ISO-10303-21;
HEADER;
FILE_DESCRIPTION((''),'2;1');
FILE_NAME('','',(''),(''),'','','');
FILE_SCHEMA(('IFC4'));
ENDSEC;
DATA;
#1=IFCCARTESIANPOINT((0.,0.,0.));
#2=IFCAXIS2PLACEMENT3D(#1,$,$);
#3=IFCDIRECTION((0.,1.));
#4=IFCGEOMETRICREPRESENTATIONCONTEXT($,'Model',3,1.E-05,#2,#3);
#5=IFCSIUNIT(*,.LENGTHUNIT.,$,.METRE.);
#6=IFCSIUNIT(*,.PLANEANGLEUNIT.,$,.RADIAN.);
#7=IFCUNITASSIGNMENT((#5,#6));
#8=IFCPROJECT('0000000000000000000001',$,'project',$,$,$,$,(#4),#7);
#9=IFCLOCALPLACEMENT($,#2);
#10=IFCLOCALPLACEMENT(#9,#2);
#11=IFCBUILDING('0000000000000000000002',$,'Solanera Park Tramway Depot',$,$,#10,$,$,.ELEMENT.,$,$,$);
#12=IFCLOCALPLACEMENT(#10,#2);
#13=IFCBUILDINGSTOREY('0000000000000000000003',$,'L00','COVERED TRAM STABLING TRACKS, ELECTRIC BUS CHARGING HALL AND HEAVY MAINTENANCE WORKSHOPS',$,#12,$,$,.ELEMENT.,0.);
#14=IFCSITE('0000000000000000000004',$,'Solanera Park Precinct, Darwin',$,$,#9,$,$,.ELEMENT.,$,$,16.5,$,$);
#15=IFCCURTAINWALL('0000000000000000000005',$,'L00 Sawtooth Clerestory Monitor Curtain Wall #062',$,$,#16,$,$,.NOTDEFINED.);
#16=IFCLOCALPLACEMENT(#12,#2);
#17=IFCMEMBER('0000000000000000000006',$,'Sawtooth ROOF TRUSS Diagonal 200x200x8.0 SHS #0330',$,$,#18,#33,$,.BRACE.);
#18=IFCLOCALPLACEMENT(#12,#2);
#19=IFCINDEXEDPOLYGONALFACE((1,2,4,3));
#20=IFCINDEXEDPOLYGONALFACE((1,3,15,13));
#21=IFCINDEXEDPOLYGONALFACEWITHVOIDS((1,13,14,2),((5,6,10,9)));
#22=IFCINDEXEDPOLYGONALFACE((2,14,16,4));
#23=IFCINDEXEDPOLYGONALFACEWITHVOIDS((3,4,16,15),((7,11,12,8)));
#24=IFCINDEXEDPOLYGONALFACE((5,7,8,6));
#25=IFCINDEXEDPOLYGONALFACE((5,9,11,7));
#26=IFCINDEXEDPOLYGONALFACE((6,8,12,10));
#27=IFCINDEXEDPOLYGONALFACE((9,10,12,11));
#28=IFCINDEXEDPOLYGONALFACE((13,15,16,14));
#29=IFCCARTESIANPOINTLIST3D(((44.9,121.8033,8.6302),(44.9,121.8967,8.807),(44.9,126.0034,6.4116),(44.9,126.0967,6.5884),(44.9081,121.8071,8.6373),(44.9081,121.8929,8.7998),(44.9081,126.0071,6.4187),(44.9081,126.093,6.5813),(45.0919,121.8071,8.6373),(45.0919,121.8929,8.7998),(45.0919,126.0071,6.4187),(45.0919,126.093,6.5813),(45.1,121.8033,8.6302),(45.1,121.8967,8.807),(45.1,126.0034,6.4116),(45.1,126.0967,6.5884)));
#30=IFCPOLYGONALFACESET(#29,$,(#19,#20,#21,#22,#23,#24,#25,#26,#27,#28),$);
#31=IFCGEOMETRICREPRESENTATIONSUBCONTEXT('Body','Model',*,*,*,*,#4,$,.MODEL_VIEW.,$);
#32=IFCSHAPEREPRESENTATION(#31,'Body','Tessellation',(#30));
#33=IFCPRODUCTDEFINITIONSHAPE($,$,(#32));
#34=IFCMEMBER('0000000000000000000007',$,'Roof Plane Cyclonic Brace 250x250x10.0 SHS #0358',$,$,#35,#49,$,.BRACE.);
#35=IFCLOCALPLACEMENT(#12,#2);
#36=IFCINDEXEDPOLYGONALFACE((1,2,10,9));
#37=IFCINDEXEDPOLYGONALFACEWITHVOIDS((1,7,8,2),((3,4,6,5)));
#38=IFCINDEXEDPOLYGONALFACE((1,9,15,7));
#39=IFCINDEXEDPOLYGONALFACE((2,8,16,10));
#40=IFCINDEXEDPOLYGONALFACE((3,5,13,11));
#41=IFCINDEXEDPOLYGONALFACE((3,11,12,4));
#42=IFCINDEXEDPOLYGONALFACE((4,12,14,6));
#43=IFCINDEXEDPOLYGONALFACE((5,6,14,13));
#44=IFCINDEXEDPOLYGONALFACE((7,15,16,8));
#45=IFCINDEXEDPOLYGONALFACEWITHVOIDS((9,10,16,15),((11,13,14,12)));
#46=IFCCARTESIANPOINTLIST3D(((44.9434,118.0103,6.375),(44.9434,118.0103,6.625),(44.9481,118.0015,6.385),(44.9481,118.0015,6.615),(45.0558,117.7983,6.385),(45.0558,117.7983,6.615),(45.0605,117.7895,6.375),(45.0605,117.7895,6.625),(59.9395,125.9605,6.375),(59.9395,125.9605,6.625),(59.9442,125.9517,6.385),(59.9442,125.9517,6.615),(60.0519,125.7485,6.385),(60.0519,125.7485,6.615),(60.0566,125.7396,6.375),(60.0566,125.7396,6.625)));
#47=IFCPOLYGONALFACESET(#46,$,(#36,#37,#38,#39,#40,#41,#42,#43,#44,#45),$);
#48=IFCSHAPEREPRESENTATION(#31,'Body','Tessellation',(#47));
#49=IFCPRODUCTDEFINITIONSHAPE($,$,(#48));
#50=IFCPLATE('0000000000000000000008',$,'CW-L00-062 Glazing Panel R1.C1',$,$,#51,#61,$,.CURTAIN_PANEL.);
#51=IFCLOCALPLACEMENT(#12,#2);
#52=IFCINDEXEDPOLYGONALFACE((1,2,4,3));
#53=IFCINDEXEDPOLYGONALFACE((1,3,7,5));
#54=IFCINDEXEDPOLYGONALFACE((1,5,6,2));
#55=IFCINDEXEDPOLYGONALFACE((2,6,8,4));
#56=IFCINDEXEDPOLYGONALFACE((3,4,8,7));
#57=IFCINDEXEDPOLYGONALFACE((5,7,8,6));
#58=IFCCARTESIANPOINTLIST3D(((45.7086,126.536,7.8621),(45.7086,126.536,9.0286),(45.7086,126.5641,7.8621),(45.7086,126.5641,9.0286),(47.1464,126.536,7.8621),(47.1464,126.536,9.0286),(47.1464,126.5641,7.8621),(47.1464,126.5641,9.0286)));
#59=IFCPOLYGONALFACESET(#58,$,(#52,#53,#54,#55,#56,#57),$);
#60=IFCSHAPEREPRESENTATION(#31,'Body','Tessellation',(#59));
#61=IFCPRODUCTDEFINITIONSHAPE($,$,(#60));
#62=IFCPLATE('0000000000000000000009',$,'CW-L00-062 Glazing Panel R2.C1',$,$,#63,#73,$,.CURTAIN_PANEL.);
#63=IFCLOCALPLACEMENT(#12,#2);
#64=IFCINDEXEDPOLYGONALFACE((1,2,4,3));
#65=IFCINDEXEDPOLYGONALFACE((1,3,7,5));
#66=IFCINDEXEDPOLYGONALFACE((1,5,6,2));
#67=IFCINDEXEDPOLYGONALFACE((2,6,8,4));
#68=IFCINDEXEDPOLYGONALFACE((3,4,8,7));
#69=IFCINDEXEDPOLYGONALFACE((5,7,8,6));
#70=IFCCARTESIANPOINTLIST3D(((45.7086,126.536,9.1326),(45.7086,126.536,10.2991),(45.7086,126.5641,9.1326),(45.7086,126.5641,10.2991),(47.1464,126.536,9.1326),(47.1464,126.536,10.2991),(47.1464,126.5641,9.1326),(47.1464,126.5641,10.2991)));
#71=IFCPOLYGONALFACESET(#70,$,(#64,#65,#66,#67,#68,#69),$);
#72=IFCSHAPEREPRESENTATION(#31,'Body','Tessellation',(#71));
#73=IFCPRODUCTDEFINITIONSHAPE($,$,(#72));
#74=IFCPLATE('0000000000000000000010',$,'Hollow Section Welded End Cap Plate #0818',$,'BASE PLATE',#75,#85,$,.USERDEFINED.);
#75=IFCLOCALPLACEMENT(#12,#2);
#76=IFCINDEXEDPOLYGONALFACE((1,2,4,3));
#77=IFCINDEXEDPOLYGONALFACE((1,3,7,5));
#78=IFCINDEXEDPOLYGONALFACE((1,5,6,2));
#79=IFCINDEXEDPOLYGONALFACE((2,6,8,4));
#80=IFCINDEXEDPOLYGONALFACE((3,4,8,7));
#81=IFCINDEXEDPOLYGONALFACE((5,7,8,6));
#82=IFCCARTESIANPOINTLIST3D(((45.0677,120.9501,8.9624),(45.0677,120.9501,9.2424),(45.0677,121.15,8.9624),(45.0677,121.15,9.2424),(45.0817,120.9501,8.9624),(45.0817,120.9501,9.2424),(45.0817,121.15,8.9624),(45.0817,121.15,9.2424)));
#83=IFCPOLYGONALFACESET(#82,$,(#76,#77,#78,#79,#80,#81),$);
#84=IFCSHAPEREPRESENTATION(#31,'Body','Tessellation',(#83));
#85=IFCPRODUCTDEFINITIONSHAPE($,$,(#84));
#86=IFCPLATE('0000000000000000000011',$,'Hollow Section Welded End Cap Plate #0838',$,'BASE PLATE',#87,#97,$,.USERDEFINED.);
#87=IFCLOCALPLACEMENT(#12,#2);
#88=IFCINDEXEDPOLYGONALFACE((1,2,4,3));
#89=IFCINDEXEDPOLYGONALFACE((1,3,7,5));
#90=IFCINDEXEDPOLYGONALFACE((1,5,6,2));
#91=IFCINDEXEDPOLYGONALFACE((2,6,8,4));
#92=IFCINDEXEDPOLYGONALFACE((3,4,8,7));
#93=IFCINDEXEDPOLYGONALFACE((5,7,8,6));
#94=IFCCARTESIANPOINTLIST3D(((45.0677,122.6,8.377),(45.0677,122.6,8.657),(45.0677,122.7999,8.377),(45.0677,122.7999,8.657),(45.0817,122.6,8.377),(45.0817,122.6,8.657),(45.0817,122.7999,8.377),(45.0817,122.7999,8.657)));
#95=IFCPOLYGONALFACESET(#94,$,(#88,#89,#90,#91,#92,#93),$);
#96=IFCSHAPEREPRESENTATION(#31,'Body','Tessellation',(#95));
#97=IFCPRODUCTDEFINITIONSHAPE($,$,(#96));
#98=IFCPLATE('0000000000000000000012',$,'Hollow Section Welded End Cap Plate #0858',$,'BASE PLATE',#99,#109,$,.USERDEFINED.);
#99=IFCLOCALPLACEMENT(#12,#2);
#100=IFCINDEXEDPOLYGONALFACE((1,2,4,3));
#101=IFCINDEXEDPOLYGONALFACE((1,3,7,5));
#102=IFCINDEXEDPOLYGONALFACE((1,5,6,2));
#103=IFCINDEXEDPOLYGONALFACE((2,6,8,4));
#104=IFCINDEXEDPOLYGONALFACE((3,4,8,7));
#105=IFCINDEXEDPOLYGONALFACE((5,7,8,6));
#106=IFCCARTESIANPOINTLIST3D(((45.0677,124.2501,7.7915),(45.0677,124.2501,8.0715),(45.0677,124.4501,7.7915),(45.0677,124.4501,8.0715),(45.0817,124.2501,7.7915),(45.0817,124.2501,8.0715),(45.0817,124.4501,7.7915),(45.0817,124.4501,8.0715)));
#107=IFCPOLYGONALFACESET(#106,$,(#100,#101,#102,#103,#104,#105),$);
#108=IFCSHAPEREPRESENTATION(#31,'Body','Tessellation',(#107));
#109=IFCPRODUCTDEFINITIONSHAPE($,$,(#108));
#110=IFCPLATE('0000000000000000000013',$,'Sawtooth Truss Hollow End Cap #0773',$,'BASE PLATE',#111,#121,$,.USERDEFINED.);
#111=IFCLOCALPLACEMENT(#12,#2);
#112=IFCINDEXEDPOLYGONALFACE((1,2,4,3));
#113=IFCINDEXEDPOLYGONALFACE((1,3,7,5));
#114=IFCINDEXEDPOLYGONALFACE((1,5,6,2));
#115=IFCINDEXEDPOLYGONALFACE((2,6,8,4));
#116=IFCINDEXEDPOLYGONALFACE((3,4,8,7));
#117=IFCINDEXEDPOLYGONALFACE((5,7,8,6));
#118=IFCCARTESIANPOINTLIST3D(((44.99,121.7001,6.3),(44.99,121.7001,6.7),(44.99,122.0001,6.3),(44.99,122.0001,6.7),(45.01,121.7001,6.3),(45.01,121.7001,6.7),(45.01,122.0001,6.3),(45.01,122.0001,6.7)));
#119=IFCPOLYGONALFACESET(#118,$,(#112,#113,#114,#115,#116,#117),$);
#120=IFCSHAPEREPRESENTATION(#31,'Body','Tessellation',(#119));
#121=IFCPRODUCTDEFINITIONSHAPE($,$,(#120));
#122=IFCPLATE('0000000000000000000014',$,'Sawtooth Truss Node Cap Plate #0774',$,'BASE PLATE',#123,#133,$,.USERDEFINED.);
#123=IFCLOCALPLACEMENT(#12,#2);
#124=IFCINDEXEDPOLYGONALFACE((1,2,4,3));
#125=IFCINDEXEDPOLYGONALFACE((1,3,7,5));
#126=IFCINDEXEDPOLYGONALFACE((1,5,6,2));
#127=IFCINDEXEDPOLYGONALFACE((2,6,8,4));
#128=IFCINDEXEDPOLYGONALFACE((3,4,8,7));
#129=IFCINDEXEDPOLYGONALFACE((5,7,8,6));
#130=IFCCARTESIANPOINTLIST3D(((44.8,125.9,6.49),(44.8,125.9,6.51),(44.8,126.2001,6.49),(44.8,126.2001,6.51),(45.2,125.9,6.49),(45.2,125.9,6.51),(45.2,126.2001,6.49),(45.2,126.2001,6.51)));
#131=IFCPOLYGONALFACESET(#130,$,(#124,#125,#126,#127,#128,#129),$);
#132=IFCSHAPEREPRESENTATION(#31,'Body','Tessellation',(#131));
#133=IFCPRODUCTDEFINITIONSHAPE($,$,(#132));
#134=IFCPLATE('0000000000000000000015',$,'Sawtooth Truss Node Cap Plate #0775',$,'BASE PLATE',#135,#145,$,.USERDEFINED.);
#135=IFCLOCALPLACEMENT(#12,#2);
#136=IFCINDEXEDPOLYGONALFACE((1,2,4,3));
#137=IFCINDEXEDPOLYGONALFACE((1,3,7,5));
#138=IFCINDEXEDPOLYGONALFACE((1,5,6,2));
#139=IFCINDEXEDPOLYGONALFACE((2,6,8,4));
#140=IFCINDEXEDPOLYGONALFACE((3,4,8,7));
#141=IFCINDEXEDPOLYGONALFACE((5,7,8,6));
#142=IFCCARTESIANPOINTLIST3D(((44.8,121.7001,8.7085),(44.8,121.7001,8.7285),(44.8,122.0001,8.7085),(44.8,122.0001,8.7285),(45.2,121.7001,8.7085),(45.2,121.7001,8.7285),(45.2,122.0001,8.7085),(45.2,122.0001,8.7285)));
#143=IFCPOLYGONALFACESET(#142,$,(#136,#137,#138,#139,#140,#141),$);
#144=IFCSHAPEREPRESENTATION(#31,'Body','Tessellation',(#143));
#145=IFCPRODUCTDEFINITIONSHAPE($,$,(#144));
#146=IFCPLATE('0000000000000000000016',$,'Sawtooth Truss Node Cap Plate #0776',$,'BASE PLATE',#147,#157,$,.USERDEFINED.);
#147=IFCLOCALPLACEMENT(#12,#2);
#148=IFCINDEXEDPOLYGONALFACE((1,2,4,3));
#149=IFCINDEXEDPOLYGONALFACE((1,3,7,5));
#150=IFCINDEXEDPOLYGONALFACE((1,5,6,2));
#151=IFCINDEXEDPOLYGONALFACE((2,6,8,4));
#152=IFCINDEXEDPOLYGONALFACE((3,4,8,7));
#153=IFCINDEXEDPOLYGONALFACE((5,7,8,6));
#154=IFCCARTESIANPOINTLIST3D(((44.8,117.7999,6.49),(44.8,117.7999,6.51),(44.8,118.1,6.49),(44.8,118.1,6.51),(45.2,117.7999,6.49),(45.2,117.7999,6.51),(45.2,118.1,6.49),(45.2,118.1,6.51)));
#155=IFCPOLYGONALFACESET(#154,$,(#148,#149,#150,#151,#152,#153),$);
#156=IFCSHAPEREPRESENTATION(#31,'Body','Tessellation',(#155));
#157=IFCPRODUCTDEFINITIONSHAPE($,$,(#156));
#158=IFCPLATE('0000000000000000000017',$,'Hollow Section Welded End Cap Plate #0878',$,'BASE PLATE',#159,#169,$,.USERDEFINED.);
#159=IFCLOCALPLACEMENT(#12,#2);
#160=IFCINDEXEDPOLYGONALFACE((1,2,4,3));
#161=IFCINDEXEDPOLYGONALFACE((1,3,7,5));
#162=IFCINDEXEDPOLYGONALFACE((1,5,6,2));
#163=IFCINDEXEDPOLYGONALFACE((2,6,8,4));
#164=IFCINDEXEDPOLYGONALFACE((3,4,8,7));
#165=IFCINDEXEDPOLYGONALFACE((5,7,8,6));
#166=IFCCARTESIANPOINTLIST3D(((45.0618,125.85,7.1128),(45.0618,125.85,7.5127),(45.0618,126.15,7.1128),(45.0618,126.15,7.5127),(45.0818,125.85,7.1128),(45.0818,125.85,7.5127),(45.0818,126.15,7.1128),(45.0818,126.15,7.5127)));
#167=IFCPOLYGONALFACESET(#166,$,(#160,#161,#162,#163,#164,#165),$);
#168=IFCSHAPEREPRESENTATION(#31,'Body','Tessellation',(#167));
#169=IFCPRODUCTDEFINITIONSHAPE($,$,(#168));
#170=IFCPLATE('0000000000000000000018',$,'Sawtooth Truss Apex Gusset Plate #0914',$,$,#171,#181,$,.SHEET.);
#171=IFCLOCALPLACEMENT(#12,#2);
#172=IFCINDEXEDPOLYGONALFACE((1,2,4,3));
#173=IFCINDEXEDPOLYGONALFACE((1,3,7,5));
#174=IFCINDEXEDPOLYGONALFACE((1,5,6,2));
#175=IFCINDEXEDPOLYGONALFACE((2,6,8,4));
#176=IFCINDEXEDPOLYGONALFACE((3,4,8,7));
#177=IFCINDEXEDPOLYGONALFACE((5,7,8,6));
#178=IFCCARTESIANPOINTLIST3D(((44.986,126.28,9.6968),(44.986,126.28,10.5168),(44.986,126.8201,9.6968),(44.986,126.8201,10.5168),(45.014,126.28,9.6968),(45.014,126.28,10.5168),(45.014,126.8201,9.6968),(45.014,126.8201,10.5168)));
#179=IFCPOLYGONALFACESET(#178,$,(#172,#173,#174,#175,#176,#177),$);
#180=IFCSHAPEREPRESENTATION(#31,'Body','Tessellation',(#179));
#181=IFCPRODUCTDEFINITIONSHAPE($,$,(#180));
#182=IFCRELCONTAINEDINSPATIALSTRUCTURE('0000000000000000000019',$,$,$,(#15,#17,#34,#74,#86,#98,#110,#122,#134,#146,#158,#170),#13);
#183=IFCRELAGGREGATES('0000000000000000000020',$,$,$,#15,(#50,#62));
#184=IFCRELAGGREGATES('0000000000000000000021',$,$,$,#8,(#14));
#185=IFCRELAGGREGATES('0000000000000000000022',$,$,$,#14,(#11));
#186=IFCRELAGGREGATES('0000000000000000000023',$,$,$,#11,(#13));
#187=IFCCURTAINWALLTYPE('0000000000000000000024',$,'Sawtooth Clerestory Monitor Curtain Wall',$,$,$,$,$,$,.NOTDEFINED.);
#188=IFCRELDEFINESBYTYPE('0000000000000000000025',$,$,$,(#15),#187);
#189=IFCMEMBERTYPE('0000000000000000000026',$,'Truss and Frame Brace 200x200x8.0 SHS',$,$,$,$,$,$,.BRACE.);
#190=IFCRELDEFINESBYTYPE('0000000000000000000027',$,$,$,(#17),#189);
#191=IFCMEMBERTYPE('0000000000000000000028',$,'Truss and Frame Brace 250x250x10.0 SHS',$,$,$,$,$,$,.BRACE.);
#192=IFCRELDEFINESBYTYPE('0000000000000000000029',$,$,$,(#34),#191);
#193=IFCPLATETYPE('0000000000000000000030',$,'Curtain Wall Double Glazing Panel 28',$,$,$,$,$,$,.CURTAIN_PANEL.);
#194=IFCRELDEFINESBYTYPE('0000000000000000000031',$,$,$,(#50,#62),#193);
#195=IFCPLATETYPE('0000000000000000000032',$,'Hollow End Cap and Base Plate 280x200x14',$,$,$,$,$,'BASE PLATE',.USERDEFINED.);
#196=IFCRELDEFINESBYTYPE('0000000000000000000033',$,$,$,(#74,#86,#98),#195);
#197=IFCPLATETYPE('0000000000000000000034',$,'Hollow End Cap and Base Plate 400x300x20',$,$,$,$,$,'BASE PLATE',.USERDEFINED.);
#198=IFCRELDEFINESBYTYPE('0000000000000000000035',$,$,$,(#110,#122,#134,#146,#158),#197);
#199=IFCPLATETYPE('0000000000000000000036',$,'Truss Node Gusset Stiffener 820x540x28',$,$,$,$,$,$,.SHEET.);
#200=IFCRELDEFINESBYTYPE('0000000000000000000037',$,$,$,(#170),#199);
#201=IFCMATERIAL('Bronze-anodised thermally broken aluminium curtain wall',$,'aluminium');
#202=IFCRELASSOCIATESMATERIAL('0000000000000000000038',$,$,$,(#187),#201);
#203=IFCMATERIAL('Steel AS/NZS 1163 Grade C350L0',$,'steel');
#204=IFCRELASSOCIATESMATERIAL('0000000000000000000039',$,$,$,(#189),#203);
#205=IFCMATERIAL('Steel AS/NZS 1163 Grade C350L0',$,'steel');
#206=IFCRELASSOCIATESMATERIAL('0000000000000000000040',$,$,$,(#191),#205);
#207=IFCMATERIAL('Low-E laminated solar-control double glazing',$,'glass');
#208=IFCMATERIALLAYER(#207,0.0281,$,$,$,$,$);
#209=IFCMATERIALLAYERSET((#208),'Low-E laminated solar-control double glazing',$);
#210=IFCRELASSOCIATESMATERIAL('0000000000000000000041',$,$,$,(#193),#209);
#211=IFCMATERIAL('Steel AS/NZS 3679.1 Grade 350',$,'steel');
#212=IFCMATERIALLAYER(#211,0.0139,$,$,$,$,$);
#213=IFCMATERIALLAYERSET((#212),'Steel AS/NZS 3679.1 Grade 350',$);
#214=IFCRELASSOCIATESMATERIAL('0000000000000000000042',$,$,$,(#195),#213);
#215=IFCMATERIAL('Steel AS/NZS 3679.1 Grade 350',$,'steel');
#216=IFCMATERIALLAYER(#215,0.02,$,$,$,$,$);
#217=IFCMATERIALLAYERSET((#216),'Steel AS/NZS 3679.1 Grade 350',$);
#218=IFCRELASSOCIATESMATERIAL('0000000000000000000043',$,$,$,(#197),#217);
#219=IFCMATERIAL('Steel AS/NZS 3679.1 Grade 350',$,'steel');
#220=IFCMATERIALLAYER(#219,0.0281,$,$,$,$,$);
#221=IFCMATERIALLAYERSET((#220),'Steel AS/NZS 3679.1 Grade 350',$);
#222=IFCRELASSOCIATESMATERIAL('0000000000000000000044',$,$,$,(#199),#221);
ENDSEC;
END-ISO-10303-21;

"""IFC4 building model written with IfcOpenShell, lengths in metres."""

from ifc_helpers import new_model, si_unit, direction, frame, origin, origin_2d, place, context, subcontext, project, spatial, rectangle, hollow_rectangle, extrude, material, layer, layer_set, material_profile, profile_set, type_object, element, aggregate, save


model = new_model("IFC4")

# Units and contexts
model_context = context("Model", 3, precision=1e-05, world=origin(), true_north=direction((0.0, 1.0)))
body_context = subcontext(model_context, "Body", "Model", "MODEL_VIEW")
ifc_project = project(units=[si_unit("LENGTHUNIT", "METRE"), si_unit("PLANEANGLEUNIT", "RADIAN")], contexts=[model_context])

# Site, building, storey
site_placement = place(None, origin())
site = spatial("IfcSite", under=ifc_project, at=site_placement, Name="Solanera Park Precinct, Darwin", CompositionType="ELEMENT", RefElevation=16.5)
building_placement = place(site_placement, origin())
building = spatial("IfcBuilding", under=site, at=building_placement, Name="Solanera Park Tramway Depot", CompositionType="ELEMENT")
storey_placement = place(building_placement, origin())
storey = spatial("IfcBuildingStorey", under=building, at=storey_placement, Name="L00", Description="COVERED TRAM STABLING TRACKS, ELECTRIC BUS CHARGING HALL AND HEAVY MAINTENANCE WORKSHOPS", CompositionType="ELEMENT", Elevation=0.0)

# Curtain wall
ifc_material_1 = material(Name="Bronze-anodised thermally broken aluminium curtain wall", Category="aluminium")
curtain_wall_type = type_object("IfcCurtainWallType", Name="Sawtooth Clerestory Monitor Curtain Wall", PredefinedType="NOTDEFINED", material=ifc_material_1)
curtain_wall_placement = place(storey_placement, origin())
curtain_wall = element("IfcCurtainWall", 1, at=curtain_wall_placement, inside=storey, type_object=curtain_wall_type, Name="L00 Sawtooth Clerestory Monitor Curtain Wall #062", PredefinedType="NOTDEFINED")

# Members
ifc_material_2 = material(Name="Steel AS/NZS 1163 Grade C350L0", Category="steel")
ifc_material_profile_1 = material_profile(ifc_material_2, hollow_rectangle(XDim=0.2, YDim=0.2, WallThickness=0.0081, at=origin_2d()), Name="200x200x8.0 SHS")
ifc_profile_set_1 = profile_set([ifc_material_profile_1], Name="Steel AS/NZS 1163 Grade C350L0")
member_type_1 = type_object("IfcMemberType", Name="Truss and Frame Brace 200x200x8.0 SHS", PredefinedType="BRACE", material=ifc_profile_set_1)
member_1_placement = place(storey_placement, frame((45.0, 126.05, 6.5), z_axis=(0.0, -0.884223, 0.467066), x_axis=(1.0, 0.0, 0.0)))
element("IfcMember", 2, at=member_1_placement, inside=storey, type_object=member_type_1, Name="Sawtooth ROOF TRUSS Diagonal 200x200x8.0 SHS #0330", PredefinedType="BRACE", context=body_context, shape_type="SweptSolid", body=[
    extrude(hollow_rectangle(XDim=0.2, YDim=0.2, WallThickness=0.0081, at=origin_2d()), origin(), (0.0, 0.0, 1.0), 4.75),
])
ifc_material_3 = material(Name="Steel AS/NZS 1163 Grade C350L0", Category="steel")
ifc_material_profile_2 = material_profile(ifc_material_3, hollow_rectangle(XDim=0.25, YDim=0.25, WallThickness=0.01, at=origin_2d()), Name="250x250x10.0 SHS")
ifc_profile_set_2 = profile_set([ifc_material_profile_2], Name="Steel AS/NZS 1163 Grade C350L0")
member_type_2 = type_object("IfcMemberType", Name="Truss and Frame Brace 250x250x10.0 SHS", PredefinedType="BRACE", material=ifc_profile_set_2)
member_2_placement = place(storey_placement, frame((45.002, 117.8999, 6.5), z_axis=(0.883518, 0.468398, 0.0), x_axis=(-0.468398, 0.883518, 0.0)))
element("IfcMember", 3, at=member_2_placement, inside=storey, type_object=member_type_2, Name="Roof Plane Cyclonic Brace 250x250x10.0 SHS #0358", PredefinedType="BRACE", context=body_context, shape_type="SweptSolid", body=[
    extrude(hollow_rectangle(XDim=0.25, YDim=0.25, WallThickness=0.01, at=origin_2d()), origin(), (0.0, 0.0, 1.0), 16.9731),
])

# Plates
ifc_material_4 = material(Name="Low-E laminated solar-control double glazing", Category="glass")
ifc_layer_1 = layer(ifc_material_4, 0.0281)
ifc_layer_set_1 = layer_set([ifc_layer_1], Name="Low-E laminated solar-control double glazing")
plate_type_1 = type_object("IfcPlateType", Name="Curtain Wall Double Glazing Panel 28", PredefinedType="CURTAIN_PANEL", material=ifc_layer_set_1)
plate_1_placement = place(storey_placement, frame((46.4275, 126.55, 7.8621), z_axis=(0.0, 0.0, 1.0), x_axis=(1.0, 0.0, 0.0)))
plate_1 = element("IfcPlate", 4, at=plate_1_placement, type_object=plate_type_1, Name="CW-L00-062 Glazing Panel R1.C1", PredefinedType="CURTAIN_PANEL", context=body_context, shape_type="SweptSolid", body=[
    extrude(rectangle(XDim=1.4377, YDim=0.0281, at=origin_2d()), origin(), (0.0, 0.0, 1.0), 1.1665),
])
plate_2_placement = place(storey_placement, frame((46.4275, 126.55, 9.1326), z_axis=(0.0, 0.0, 1.0), x_axis=(1.0, 0.0, 0.0)))
plate_2 = element("IfcPlate", 5, at=plate_2_placement, type_object=plate_type_1, Name="CW-L00-062 Glazing Panel R2.C1", PredefinedType="CURTAIN_PANEL", context=body_context, shape_type="SweptSolid", body=[
    extrude(rectangle(XDim=1.4377, YDim=0.0281, at=origin_2d()), origin(), (0.0, 0.0, 1.0), 1.1665),
])
aggregate(curtain_wall, [plate_1, plate_2])

# Plates
ifc_material_5 = material(Name="Steel AS/NZS 3679.1 Grade 350", Category="steel")
ifc_layer_2 = layer(ifc_material_5, 0.0139)
ifc_layer_set_2 = layer_set([ifc_layer_2], Name="Steel AS/NZS 3679.1 Grade 350")
plate_type_2 = type_object("IfcPlateType", Name="Hollow End Cap and Base Plate 280x200x14", ElementType="BASE PLATE", PredefinedType="USERDEFINED", material=ifc_layer_set_2)
for number, where, z_axis, x_axis, name in (
    (6, (45.0747, 121.05, 8.9624), (0.0, 0.0, 1.0), (1.0, 0.0, 0.0), "Hollow Section Welded End Cap Plate #0818"),
    (7, (45.0747, 122.7, 8.377), (0.0, 0.0, 1.0), (1.0, 0.0, 0.0), "Hollow Section Welded End Cap Plate #0838"),
    (8, (45.0747, 124.3501, 7.7915), (0.0, 0.0, 1.0), (1.0, 0.0, 0.0), "Hollow Section Welded End Cap Plate #0858"),
):
    element("IfcPlate", number, at=place(storey_placement, frame(where, z_axis=z_axis, x_axis=x_axis)), inside=storey, type_object=plate_type_2, Name=name, ObjectType="BASE PLATE", PredefinedType="USERDEFINED", context=body_context, shape_type="SweptSolid", body=[
        extrude(rectangle(XDim=0.0139, YDim=0.2, at=origin_2d()), origin(), (0.0, 0.0, 1.0), 0.28),
    ])
ifc_material_6 = material(Name="Steel AS/NZS 3679.1 Grade 350", Category="steel")
ifc_layer_3 = layer(ifc_material_6, 0.02)
ifc_layer_set_3 = layer_set([ifc_layer_3], Name="Steel AS/NZS 3679.1 Grade 350")
plate_type_3 = type_object("IfcPlateType", Name="Hollow End Cap and Base Plate 400x300x20", ElementType="BASE PLATE", PredefinedType="USERDEFINED", material=ifc_layer_set_3)
plate_3_placement = place(storey_placement, frame((45.0, 121.8501, 6.3), z_axis=(0.0, 0.0, 1.0), x_axis=(1.0, 0.0, 0.0)))
element("IfcPlate", 9, at=plate_3_placement, inside=storey, type_object=plate_type_3, Name="Sawtooth Truss Hollow End Cap #0773", ObjectType="BASE PLATE", PredefinedType="USERDEFINED", context=body_context, shape_type="SweptSolid", body=[
    extrude(rectangle(XDim=0.02, YDim=0.3, at=origin_2d()), origin(), (0.0, 0.0, 1.0), 0.3999),
])
for number, where, z_axis, x_axis, name in (
    (10, (45.0, 126.05, 6.49), (0.0, 0.0, 1.0), (1.0, 0.0, 0.0), "Sawtooth Truss Node Cap Plate #0774"),
    (11, (45.0, 121.8501, 8.7085), (0.0, 0.0, 1.0), (1.0, 0.0, 0.0), "Sawtooth Truss Node Cap Plate #0775"),
    (12, (45.0, 117.95, 6.49), (0.0, 0.0, 1.0), (1.0, 0.0, 0.0), "Sawtooth Truss Node Cap Plate #0776"),
):
    element("IfcPlate", number, at=place(storey_placement, frame(where, z_axis=z_axis, x_axis=x_axis)), inside=storey, type_object=plate_type_3, Name=name, ObjectType="BASE PLATE", PredefinedType="USERDEFINED", context=body_context, shape_type="SweptSolid", body=[
        extrude(rectangle(XDim=0.3999, YDim=0.3, at=origin_2d()), origin(), (0.0, 0.0, 1.0), 0.02),
    ])
plate_4_placement = place(storey_placement, frame((45.0718, 126.0, 7.1128), z_axis=(0.0, 0.0, 1.0), x_axis=(1.0, 0.0, 0.0)))
element("IfcPlate", 13, at=plate_4_placement, inside=storey, type_object=plate_type_3, Name="Hollow Section Welded End Cap Plate #0878", ObjectType="BASE PLATE", PredefinedType="USERDEFINED", context=body_context, shape_type="SweptSolid", body=[
    extrude(rectangle(XDim=0.02, YDim=0.3, at=origin_2d()), origin(), (0.0, 0.0, 1.0), 0.3999),
])
ifc_material_7 = material(Name="Steel AS/NZS 3679.1 Grade 350", Category="steel")
ifc_layer_4 = layer(ifc_material_7, 0.0281)
ifc_layer_set_4 = layer_set([ifc_layer_4], Name="Steel AS/NZS 3679.1 Grade 350")
plate_type_4 = type_object("IfcPlateType", Name="Truss Node Gusset Stiffener 820x540x28", PredefinedType="SHEET", material=ifc_layer_set_4)
plate_5_placement = place(storey_placement, frame((45.0, 126.55, 9.6968), z_axis=(0.0, 0.0, 1.0), x_axis=(1.0, 0.0, 0.0)))
element("IfcPlate", 14, at=plate_5_placement, inside=storey, type_object=plate_type_4, Name="Sawtooth Truss Apex Gusset Plate #0914", PredefinedType="SHEET", context=body_context, shape_type="SweptSolid", body=[
    extrude(rectangle(XDim=0.0281, YDim=0.54, at=origin_2d()), origin(), (0.0, 0.0, 1.0), 0.8201),
])

save(model, "model.ifc")
